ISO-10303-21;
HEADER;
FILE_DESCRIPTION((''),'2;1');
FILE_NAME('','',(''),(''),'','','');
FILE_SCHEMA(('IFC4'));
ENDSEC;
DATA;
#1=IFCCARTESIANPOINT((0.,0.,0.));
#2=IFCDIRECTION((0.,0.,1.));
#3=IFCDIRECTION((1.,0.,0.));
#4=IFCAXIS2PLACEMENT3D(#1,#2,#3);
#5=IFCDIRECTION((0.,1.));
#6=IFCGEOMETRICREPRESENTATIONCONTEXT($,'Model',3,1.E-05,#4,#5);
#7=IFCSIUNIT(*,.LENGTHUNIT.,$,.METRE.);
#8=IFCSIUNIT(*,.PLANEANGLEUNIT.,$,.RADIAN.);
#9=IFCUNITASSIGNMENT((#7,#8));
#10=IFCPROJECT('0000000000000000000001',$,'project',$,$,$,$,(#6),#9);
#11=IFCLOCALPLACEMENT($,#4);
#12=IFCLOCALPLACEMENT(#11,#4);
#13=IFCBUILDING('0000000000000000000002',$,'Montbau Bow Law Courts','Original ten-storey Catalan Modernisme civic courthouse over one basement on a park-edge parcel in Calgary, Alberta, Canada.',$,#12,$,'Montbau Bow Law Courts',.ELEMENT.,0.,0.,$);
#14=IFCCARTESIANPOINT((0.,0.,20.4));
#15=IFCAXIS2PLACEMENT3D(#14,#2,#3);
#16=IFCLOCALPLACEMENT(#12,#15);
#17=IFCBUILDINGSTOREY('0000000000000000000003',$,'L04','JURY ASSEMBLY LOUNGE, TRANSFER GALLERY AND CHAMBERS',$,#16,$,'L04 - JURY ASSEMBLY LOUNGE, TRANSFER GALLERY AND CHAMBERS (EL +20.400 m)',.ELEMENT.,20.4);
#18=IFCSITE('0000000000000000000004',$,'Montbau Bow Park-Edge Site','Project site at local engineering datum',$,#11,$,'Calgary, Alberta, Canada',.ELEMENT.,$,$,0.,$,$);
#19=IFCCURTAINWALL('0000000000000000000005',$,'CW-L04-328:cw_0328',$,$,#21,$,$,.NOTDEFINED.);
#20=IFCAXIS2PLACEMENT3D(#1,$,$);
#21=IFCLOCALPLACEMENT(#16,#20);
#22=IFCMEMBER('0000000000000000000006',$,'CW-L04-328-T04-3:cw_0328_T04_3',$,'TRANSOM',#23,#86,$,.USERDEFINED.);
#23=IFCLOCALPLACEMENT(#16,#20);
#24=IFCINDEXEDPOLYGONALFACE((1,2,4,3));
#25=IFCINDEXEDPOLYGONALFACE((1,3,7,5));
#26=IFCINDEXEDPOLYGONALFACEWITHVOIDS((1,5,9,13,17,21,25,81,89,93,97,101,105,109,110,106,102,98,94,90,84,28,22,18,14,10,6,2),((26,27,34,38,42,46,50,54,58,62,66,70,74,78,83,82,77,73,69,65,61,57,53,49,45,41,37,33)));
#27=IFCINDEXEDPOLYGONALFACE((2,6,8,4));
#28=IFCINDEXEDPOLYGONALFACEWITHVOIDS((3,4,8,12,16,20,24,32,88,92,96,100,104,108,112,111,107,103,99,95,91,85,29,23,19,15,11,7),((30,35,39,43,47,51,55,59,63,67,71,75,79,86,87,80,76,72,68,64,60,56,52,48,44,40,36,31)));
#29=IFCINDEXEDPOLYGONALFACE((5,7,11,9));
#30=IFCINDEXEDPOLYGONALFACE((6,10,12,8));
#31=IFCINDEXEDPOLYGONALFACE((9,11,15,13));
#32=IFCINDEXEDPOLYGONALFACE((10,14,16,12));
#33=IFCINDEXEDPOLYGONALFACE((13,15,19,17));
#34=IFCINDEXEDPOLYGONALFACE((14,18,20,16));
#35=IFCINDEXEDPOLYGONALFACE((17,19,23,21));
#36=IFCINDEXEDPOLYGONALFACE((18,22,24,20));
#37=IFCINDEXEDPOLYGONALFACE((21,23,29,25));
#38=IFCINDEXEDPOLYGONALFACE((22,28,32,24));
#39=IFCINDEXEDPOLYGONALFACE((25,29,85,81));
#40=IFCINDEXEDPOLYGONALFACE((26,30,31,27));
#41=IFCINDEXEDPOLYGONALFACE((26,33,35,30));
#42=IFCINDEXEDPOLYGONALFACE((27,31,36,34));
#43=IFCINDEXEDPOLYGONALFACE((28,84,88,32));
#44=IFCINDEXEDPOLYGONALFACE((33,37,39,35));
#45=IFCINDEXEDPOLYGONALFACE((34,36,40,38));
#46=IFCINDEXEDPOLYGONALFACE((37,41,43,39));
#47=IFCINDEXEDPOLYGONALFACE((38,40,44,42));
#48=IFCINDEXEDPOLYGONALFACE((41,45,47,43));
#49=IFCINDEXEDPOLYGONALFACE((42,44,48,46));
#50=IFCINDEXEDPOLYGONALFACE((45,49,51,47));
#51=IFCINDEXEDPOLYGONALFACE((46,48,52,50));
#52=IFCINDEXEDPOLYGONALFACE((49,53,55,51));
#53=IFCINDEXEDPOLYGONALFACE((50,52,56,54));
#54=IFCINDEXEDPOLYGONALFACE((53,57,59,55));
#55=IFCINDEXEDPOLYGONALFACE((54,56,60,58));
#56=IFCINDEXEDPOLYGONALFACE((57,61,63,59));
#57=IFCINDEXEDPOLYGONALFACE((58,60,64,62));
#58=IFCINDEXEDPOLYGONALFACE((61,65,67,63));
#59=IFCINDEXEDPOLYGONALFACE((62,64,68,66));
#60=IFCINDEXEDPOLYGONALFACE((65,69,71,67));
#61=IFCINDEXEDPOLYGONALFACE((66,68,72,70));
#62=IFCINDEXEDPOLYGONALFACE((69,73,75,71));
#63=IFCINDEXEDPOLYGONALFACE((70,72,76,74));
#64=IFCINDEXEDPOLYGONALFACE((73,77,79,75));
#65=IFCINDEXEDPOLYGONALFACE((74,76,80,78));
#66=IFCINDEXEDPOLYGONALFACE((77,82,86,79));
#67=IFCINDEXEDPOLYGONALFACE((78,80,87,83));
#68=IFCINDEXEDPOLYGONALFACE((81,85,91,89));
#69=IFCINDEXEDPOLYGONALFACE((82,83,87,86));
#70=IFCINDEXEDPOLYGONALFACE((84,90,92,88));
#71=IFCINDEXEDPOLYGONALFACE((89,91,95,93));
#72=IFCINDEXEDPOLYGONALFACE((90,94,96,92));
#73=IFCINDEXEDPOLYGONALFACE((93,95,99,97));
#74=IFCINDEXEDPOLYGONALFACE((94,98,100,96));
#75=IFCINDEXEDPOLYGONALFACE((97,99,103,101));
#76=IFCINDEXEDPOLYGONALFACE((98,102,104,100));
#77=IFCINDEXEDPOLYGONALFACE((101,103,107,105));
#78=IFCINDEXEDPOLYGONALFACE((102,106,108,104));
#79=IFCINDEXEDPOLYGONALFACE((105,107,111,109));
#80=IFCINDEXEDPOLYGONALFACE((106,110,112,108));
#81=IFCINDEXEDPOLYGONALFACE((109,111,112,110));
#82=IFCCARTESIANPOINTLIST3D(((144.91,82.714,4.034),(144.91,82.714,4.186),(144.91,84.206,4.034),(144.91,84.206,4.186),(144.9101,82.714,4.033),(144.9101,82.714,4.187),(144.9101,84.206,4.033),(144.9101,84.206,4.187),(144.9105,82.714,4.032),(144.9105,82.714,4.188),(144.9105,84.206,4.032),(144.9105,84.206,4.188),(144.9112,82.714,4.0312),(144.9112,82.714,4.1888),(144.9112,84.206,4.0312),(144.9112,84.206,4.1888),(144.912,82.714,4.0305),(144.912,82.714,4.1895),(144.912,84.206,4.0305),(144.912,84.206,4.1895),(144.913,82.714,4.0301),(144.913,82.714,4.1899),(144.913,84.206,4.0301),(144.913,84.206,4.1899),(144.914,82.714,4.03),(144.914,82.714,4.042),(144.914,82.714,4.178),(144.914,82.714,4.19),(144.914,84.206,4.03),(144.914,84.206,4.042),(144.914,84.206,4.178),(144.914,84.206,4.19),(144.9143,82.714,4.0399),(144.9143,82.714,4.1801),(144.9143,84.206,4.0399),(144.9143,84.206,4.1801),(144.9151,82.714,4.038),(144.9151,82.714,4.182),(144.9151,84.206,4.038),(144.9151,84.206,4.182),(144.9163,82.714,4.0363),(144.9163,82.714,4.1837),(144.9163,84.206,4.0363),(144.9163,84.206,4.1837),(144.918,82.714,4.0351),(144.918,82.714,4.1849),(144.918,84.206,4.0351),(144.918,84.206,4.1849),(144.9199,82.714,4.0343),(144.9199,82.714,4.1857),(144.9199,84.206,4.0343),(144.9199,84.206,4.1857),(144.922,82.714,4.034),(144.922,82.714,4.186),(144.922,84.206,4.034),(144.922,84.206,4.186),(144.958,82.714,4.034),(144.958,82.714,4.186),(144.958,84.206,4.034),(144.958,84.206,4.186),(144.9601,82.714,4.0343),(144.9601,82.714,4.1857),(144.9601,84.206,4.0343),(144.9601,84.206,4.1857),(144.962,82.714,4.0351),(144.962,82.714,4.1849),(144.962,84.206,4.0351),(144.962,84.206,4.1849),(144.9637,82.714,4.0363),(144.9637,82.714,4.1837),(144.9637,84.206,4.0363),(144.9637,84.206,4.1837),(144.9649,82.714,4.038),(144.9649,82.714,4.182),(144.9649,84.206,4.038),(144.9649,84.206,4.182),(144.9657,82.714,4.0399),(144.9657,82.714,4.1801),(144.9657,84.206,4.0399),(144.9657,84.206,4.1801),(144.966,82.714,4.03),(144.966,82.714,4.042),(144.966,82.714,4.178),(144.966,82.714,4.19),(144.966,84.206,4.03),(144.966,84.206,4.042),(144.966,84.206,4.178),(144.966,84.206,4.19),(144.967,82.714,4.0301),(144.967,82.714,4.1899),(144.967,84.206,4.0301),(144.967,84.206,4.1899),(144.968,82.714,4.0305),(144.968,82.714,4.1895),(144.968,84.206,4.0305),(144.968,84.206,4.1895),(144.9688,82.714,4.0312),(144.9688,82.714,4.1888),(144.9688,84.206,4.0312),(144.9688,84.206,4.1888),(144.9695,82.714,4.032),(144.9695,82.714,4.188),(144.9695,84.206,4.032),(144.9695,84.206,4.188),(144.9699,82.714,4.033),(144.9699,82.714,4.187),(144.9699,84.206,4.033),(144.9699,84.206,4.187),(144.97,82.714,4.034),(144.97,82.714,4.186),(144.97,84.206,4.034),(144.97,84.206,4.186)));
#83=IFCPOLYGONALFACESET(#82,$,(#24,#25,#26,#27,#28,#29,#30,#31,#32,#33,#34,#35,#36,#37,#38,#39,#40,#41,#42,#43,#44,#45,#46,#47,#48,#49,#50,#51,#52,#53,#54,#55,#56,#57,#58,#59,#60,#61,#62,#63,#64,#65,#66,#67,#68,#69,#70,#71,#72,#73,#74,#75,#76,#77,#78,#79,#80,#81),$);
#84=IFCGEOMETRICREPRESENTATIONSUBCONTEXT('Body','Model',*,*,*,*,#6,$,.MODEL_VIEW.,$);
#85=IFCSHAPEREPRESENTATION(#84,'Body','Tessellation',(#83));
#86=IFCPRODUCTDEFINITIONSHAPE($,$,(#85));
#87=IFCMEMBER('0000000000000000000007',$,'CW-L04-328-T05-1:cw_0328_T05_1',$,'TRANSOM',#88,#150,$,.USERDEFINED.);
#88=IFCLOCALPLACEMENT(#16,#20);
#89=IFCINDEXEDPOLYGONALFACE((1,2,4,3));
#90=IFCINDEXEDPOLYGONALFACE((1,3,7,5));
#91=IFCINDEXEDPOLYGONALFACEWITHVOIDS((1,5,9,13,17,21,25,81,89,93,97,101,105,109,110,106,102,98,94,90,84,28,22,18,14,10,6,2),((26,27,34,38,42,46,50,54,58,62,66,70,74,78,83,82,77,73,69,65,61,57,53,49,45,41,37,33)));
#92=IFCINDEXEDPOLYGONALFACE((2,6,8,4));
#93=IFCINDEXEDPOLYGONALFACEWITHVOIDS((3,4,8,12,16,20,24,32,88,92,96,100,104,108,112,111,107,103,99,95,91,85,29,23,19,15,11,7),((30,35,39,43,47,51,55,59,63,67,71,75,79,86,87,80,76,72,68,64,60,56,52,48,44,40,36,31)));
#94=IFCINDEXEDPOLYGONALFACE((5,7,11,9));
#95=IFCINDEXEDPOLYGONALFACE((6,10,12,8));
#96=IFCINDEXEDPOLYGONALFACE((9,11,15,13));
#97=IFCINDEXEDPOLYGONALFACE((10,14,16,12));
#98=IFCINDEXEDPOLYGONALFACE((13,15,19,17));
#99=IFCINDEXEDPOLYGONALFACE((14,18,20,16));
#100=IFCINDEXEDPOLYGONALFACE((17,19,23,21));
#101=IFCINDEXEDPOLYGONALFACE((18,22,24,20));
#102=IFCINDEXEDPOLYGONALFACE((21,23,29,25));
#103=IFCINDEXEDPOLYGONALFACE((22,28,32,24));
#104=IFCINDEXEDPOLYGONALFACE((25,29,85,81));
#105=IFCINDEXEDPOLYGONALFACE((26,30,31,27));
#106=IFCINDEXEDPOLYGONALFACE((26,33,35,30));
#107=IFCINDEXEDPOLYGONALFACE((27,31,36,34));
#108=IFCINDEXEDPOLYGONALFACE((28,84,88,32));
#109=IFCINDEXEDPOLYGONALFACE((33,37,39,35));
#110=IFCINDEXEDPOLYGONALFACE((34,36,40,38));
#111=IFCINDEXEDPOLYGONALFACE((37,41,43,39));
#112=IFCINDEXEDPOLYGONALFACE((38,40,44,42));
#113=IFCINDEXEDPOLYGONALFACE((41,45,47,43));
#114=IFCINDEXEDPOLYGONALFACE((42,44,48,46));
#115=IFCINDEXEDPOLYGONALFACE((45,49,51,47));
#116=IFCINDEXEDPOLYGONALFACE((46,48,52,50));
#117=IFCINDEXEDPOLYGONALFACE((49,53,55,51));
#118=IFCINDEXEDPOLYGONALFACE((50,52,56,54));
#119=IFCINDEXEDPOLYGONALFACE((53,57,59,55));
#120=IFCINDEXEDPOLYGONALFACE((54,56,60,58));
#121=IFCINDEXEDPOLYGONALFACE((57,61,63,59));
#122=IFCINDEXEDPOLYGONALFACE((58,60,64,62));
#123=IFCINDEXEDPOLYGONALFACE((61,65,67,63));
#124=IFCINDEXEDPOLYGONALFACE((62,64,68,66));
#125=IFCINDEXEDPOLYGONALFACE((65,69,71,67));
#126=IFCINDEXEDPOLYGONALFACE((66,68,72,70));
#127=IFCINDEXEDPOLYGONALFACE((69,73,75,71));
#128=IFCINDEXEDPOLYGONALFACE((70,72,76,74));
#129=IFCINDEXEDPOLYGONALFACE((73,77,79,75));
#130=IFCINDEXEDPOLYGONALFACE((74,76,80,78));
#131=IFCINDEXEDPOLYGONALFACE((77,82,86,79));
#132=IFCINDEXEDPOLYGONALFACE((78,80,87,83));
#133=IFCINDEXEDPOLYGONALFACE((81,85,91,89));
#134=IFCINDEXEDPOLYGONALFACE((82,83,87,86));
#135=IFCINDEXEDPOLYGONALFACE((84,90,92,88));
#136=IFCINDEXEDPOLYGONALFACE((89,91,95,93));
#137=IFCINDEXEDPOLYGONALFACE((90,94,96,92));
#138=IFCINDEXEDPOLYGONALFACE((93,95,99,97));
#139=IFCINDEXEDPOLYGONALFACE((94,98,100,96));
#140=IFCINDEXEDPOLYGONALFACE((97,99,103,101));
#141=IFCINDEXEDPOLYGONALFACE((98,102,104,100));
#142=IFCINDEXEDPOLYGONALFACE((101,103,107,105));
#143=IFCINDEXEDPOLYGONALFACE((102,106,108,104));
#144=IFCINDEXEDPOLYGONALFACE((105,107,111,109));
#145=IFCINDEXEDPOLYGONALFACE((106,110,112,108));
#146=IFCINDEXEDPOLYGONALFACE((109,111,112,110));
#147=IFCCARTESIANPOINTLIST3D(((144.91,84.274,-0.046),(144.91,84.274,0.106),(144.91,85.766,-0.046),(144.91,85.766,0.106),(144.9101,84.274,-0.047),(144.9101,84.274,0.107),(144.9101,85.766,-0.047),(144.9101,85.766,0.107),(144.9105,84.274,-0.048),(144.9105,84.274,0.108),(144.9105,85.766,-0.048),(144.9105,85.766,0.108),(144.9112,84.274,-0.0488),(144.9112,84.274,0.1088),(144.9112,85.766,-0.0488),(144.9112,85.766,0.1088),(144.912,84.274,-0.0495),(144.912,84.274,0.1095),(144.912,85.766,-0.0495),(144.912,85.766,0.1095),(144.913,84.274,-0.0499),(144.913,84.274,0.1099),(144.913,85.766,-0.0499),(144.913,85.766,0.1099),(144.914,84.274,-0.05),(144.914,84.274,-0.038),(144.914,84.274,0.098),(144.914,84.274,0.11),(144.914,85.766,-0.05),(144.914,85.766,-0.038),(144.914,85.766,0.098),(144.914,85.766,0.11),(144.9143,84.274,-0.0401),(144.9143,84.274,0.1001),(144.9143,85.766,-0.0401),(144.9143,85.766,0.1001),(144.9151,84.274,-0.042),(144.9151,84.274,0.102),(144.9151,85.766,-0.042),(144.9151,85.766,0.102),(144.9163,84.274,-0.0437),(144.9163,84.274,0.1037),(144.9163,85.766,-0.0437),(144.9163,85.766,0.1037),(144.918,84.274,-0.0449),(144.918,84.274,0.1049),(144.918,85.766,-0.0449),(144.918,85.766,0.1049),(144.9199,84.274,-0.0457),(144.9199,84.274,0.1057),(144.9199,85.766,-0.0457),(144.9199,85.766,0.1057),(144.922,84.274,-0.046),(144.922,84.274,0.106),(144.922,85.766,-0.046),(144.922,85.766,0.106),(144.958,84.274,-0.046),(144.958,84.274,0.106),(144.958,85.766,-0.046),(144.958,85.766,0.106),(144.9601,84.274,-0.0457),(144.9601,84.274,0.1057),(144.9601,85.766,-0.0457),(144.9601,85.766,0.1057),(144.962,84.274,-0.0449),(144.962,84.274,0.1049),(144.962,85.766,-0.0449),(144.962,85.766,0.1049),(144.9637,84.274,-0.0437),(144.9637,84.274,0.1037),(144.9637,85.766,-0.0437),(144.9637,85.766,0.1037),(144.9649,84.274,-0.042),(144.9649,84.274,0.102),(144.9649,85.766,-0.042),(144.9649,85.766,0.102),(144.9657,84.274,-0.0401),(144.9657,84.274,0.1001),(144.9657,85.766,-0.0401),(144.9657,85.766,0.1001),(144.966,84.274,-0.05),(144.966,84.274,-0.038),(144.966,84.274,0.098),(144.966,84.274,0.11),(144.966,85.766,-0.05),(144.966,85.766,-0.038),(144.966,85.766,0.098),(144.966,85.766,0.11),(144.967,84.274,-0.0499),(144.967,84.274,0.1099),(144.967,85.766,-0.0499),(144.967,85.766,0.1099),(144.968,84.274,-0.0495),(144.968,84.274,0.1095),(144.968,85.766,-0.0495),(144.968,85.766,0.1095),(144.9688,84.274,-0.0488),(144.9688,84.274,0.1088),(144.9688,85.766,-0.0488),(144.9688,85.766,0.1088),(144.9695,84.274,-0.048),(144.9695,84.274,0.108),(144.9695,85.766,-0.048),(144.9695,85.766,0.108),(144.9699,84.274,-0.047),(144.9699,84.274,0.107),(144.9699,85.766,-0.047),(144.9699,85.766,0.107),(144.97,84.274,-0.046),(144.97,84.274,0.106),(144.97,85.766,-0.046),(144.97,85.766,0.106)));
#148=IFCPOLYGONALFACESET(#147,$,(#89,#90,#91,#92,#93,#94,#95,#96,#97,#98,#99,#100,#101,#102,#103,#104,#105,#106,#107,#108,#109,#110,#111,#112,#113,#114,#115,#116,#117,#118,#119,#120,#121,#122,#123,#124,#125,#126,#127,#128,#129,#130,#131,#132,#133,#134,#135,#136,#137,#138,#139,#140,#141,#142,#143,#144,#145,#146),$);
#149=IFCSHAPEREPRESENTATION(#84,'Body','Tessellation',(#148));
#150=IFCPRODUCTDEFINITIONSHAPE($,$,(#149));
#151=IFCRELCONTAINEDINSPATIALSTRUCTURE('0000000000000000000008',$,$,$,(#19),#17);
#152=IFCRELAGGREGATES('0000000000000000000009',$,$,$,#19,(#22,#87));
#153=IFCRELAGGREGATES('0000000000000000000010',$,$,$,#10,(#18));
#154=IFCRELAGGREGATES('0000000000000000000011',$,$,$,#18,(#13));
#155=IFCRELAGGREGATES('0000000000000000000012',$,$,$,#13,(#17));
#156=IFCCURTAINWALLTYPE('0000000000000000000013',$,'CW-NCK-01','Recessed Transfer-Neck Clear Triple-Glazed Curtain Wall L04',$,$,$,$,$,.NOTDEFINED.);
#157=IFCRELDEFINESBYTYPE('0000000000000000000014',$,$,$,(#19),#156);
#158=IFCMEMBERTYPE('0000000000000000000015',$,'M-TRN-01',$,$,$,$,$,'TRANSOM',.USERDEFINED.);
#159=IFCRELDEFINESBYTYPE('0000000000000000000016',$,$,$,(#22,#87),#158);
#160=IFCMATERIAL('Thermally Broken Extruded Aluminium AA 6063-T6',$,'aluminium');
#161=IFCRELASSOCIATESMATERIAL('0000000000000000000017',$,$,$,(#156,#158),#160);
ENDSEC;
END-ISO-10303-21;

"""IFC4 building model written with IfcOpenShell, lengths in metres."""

from ifc_helpers import new_model, si_unit, direction, frame, origin_with_axes, origin_2d_with_axis, place, context, subcontext, project, spatial, hollow_rectangle, extrude, material, material_profile, profile_set, type_object, element, aggregate, save


model = new_model("IFC4")

# Units and contexts
model_context = context("Model", 3, precision=1e-05, world=origin_with_axes(), true_north=direction((0.0, 1.0)))
body_context = subcontext(model_context, "Body", "Model", "MODEL_VIEW")
ifc_project = project(units=[si_unit("LENGTHUNIT", "METRE"), si_unit("PLANEANGLEUNIT", "RADIAN")], contexts=[model_context])

# Site, building, storey
site_placement = place(None, origin_with_axes())
site = spatial("IfcSite", under=ifc_project, at=site_placement, Name="Montbau Bow Park-Edge Site", Description="Project site at local engineering datum", LongName="Calgary, Alberta, Canada", CompositionType="ELEMENT", RefElevation=0.0)
building_placement = place(site_placement, origin_with_axes())
building = spatial("IfcBuilding", under=site, at=building_placement, Name="Montbau Bow Law Courts", Description="Original ten-storey Catalan Modernisme civic courthouse over one basement on a park-edge parcel in Calgary, Alberta, Canada.", LongName="Montbau Bow Law Courts", CompositionType="ELEMENT", ElevationOfRefHeight=0.0, ElevationOfTerrain=0.0)
storey_placement = place(building_placement, frame((0.0, 0.0, 20.4), z_axis=(0.0, 0.0, 1.0), x_axis=(1.0, 0.0, 0.0)))
storey = spatial("IfcBuildingStorey", under=building, at=storey_placement, Name="L04", Description="JURY ASSEMBLY LOUNGE, TRANSFER GALLERY AND CHAMBERS", LongName="L04 - JURY ASSEMBLY LOUNGE, TRANSFER GALLERY AND CHAMBERS (EL +20.400 m)", CompositionType="ELEMENT", Elevation=20.4)

# Curtain wall, members
ifc_material_1 = material(Name="Thermally Broken Extruded Aluminium AA 6063-T6", Category="aluminium")
curtain_wall_type = type_object("IfcCurtainWallType", Name="CW-NCK-01", Description="Recessed Transfer-Neck Clear Triple-Glazed Curtain Wall L04", PredefinedType="NOTDEFINED", material=ifc_material_1)
curtain_wall_placement = place(None, frame((144.94, 78.0, 20.4), z_axis=(0.0, 0.0, 1.0), x_axis=(1.0, 0.0, 0.0)))
curtain_wall = element("IfcCurtainWall", 1, at=curtain_wall_placement, inside=storey, type_object=curtain_wall_type, Name="CW-L04-328:cw_0328", PredefinedType="NOTDEFINED")
ifc_material_profile_1 = material_profile(ifc_material_1, hollow_rectangle(XDim=0.06, YDim=0.16, WallThickness=0.004, InnerFilletRadius=0.008, OuterFilletRadius=0.004, at=origin_2d_with_axis()), Name="CWT-160X60", Category="Main", Priority=0)
ifc_profile_set_1 = profile_set([ifc_material_profile_1], Name="Thermally Broken Extruded Aluminium AA 6063-T6")
member_type_1 = type_object("IfcMemberType", Name="M-TRN-01", ElementType="TRANSOM", PredefinedType="USERDEFINED", material=ifc_profile_set_1)
member_1_placement = place(None, frame((144.94, 82.714, 24.51), z_axis=(0.0, 1.0, 0.0), x_axis=(-1.0, 0.0, 0.0)))
member_1 = element("IfcMember", 2, at=member_1_placement, type_object=member_type_1, Name="CW-L04-328-T04-3:cw_0328_T04_3", ObjectType="TRANSOM", PredefinedType="USERDEFINED", context=body_context, shape_type="SweptSolid", body=[
    extrude(hollow_rectangle(XDim=0.06, YDim=0.16, WallThickness=0.004, InnerFilletRadius=0.008, OuterFilletRadius=0.004, at=origin_2d_with_axis()), origin_with_axes(), (0.0, 0.0, 1.0), 1.492),
])
member_2_placement = place(None, frame((144.94, 84.274, 20.43), z_axis=(0.0, 1.0, 0.0), x_axis=(-1.0, 0.0, 0.0)))
member_2 = element("IfcMember", 3, at=member_2_placement, type_object=member_type_1, Name="CW-L04-328-T05-1:cw_0328_T05_1", ObjectType="TRANSOM", PredefinedType="USERDEFINED", context=body_context, shape_type="SweptSolid", body=[
    extrude(hollow_rectangle(XDim=0.06, YDim=0.16, WallThickness=0.004, InnerFilletRadius=0.008, OuterFilletRadius=0.004, at=origin_2d_with_axis()), origin_with_axes(), (0.0, 0.0, 1.0), 1.492),
])
aggregate(curtain_wall, [member_1, member_2])

save(model, "model.ifc")
